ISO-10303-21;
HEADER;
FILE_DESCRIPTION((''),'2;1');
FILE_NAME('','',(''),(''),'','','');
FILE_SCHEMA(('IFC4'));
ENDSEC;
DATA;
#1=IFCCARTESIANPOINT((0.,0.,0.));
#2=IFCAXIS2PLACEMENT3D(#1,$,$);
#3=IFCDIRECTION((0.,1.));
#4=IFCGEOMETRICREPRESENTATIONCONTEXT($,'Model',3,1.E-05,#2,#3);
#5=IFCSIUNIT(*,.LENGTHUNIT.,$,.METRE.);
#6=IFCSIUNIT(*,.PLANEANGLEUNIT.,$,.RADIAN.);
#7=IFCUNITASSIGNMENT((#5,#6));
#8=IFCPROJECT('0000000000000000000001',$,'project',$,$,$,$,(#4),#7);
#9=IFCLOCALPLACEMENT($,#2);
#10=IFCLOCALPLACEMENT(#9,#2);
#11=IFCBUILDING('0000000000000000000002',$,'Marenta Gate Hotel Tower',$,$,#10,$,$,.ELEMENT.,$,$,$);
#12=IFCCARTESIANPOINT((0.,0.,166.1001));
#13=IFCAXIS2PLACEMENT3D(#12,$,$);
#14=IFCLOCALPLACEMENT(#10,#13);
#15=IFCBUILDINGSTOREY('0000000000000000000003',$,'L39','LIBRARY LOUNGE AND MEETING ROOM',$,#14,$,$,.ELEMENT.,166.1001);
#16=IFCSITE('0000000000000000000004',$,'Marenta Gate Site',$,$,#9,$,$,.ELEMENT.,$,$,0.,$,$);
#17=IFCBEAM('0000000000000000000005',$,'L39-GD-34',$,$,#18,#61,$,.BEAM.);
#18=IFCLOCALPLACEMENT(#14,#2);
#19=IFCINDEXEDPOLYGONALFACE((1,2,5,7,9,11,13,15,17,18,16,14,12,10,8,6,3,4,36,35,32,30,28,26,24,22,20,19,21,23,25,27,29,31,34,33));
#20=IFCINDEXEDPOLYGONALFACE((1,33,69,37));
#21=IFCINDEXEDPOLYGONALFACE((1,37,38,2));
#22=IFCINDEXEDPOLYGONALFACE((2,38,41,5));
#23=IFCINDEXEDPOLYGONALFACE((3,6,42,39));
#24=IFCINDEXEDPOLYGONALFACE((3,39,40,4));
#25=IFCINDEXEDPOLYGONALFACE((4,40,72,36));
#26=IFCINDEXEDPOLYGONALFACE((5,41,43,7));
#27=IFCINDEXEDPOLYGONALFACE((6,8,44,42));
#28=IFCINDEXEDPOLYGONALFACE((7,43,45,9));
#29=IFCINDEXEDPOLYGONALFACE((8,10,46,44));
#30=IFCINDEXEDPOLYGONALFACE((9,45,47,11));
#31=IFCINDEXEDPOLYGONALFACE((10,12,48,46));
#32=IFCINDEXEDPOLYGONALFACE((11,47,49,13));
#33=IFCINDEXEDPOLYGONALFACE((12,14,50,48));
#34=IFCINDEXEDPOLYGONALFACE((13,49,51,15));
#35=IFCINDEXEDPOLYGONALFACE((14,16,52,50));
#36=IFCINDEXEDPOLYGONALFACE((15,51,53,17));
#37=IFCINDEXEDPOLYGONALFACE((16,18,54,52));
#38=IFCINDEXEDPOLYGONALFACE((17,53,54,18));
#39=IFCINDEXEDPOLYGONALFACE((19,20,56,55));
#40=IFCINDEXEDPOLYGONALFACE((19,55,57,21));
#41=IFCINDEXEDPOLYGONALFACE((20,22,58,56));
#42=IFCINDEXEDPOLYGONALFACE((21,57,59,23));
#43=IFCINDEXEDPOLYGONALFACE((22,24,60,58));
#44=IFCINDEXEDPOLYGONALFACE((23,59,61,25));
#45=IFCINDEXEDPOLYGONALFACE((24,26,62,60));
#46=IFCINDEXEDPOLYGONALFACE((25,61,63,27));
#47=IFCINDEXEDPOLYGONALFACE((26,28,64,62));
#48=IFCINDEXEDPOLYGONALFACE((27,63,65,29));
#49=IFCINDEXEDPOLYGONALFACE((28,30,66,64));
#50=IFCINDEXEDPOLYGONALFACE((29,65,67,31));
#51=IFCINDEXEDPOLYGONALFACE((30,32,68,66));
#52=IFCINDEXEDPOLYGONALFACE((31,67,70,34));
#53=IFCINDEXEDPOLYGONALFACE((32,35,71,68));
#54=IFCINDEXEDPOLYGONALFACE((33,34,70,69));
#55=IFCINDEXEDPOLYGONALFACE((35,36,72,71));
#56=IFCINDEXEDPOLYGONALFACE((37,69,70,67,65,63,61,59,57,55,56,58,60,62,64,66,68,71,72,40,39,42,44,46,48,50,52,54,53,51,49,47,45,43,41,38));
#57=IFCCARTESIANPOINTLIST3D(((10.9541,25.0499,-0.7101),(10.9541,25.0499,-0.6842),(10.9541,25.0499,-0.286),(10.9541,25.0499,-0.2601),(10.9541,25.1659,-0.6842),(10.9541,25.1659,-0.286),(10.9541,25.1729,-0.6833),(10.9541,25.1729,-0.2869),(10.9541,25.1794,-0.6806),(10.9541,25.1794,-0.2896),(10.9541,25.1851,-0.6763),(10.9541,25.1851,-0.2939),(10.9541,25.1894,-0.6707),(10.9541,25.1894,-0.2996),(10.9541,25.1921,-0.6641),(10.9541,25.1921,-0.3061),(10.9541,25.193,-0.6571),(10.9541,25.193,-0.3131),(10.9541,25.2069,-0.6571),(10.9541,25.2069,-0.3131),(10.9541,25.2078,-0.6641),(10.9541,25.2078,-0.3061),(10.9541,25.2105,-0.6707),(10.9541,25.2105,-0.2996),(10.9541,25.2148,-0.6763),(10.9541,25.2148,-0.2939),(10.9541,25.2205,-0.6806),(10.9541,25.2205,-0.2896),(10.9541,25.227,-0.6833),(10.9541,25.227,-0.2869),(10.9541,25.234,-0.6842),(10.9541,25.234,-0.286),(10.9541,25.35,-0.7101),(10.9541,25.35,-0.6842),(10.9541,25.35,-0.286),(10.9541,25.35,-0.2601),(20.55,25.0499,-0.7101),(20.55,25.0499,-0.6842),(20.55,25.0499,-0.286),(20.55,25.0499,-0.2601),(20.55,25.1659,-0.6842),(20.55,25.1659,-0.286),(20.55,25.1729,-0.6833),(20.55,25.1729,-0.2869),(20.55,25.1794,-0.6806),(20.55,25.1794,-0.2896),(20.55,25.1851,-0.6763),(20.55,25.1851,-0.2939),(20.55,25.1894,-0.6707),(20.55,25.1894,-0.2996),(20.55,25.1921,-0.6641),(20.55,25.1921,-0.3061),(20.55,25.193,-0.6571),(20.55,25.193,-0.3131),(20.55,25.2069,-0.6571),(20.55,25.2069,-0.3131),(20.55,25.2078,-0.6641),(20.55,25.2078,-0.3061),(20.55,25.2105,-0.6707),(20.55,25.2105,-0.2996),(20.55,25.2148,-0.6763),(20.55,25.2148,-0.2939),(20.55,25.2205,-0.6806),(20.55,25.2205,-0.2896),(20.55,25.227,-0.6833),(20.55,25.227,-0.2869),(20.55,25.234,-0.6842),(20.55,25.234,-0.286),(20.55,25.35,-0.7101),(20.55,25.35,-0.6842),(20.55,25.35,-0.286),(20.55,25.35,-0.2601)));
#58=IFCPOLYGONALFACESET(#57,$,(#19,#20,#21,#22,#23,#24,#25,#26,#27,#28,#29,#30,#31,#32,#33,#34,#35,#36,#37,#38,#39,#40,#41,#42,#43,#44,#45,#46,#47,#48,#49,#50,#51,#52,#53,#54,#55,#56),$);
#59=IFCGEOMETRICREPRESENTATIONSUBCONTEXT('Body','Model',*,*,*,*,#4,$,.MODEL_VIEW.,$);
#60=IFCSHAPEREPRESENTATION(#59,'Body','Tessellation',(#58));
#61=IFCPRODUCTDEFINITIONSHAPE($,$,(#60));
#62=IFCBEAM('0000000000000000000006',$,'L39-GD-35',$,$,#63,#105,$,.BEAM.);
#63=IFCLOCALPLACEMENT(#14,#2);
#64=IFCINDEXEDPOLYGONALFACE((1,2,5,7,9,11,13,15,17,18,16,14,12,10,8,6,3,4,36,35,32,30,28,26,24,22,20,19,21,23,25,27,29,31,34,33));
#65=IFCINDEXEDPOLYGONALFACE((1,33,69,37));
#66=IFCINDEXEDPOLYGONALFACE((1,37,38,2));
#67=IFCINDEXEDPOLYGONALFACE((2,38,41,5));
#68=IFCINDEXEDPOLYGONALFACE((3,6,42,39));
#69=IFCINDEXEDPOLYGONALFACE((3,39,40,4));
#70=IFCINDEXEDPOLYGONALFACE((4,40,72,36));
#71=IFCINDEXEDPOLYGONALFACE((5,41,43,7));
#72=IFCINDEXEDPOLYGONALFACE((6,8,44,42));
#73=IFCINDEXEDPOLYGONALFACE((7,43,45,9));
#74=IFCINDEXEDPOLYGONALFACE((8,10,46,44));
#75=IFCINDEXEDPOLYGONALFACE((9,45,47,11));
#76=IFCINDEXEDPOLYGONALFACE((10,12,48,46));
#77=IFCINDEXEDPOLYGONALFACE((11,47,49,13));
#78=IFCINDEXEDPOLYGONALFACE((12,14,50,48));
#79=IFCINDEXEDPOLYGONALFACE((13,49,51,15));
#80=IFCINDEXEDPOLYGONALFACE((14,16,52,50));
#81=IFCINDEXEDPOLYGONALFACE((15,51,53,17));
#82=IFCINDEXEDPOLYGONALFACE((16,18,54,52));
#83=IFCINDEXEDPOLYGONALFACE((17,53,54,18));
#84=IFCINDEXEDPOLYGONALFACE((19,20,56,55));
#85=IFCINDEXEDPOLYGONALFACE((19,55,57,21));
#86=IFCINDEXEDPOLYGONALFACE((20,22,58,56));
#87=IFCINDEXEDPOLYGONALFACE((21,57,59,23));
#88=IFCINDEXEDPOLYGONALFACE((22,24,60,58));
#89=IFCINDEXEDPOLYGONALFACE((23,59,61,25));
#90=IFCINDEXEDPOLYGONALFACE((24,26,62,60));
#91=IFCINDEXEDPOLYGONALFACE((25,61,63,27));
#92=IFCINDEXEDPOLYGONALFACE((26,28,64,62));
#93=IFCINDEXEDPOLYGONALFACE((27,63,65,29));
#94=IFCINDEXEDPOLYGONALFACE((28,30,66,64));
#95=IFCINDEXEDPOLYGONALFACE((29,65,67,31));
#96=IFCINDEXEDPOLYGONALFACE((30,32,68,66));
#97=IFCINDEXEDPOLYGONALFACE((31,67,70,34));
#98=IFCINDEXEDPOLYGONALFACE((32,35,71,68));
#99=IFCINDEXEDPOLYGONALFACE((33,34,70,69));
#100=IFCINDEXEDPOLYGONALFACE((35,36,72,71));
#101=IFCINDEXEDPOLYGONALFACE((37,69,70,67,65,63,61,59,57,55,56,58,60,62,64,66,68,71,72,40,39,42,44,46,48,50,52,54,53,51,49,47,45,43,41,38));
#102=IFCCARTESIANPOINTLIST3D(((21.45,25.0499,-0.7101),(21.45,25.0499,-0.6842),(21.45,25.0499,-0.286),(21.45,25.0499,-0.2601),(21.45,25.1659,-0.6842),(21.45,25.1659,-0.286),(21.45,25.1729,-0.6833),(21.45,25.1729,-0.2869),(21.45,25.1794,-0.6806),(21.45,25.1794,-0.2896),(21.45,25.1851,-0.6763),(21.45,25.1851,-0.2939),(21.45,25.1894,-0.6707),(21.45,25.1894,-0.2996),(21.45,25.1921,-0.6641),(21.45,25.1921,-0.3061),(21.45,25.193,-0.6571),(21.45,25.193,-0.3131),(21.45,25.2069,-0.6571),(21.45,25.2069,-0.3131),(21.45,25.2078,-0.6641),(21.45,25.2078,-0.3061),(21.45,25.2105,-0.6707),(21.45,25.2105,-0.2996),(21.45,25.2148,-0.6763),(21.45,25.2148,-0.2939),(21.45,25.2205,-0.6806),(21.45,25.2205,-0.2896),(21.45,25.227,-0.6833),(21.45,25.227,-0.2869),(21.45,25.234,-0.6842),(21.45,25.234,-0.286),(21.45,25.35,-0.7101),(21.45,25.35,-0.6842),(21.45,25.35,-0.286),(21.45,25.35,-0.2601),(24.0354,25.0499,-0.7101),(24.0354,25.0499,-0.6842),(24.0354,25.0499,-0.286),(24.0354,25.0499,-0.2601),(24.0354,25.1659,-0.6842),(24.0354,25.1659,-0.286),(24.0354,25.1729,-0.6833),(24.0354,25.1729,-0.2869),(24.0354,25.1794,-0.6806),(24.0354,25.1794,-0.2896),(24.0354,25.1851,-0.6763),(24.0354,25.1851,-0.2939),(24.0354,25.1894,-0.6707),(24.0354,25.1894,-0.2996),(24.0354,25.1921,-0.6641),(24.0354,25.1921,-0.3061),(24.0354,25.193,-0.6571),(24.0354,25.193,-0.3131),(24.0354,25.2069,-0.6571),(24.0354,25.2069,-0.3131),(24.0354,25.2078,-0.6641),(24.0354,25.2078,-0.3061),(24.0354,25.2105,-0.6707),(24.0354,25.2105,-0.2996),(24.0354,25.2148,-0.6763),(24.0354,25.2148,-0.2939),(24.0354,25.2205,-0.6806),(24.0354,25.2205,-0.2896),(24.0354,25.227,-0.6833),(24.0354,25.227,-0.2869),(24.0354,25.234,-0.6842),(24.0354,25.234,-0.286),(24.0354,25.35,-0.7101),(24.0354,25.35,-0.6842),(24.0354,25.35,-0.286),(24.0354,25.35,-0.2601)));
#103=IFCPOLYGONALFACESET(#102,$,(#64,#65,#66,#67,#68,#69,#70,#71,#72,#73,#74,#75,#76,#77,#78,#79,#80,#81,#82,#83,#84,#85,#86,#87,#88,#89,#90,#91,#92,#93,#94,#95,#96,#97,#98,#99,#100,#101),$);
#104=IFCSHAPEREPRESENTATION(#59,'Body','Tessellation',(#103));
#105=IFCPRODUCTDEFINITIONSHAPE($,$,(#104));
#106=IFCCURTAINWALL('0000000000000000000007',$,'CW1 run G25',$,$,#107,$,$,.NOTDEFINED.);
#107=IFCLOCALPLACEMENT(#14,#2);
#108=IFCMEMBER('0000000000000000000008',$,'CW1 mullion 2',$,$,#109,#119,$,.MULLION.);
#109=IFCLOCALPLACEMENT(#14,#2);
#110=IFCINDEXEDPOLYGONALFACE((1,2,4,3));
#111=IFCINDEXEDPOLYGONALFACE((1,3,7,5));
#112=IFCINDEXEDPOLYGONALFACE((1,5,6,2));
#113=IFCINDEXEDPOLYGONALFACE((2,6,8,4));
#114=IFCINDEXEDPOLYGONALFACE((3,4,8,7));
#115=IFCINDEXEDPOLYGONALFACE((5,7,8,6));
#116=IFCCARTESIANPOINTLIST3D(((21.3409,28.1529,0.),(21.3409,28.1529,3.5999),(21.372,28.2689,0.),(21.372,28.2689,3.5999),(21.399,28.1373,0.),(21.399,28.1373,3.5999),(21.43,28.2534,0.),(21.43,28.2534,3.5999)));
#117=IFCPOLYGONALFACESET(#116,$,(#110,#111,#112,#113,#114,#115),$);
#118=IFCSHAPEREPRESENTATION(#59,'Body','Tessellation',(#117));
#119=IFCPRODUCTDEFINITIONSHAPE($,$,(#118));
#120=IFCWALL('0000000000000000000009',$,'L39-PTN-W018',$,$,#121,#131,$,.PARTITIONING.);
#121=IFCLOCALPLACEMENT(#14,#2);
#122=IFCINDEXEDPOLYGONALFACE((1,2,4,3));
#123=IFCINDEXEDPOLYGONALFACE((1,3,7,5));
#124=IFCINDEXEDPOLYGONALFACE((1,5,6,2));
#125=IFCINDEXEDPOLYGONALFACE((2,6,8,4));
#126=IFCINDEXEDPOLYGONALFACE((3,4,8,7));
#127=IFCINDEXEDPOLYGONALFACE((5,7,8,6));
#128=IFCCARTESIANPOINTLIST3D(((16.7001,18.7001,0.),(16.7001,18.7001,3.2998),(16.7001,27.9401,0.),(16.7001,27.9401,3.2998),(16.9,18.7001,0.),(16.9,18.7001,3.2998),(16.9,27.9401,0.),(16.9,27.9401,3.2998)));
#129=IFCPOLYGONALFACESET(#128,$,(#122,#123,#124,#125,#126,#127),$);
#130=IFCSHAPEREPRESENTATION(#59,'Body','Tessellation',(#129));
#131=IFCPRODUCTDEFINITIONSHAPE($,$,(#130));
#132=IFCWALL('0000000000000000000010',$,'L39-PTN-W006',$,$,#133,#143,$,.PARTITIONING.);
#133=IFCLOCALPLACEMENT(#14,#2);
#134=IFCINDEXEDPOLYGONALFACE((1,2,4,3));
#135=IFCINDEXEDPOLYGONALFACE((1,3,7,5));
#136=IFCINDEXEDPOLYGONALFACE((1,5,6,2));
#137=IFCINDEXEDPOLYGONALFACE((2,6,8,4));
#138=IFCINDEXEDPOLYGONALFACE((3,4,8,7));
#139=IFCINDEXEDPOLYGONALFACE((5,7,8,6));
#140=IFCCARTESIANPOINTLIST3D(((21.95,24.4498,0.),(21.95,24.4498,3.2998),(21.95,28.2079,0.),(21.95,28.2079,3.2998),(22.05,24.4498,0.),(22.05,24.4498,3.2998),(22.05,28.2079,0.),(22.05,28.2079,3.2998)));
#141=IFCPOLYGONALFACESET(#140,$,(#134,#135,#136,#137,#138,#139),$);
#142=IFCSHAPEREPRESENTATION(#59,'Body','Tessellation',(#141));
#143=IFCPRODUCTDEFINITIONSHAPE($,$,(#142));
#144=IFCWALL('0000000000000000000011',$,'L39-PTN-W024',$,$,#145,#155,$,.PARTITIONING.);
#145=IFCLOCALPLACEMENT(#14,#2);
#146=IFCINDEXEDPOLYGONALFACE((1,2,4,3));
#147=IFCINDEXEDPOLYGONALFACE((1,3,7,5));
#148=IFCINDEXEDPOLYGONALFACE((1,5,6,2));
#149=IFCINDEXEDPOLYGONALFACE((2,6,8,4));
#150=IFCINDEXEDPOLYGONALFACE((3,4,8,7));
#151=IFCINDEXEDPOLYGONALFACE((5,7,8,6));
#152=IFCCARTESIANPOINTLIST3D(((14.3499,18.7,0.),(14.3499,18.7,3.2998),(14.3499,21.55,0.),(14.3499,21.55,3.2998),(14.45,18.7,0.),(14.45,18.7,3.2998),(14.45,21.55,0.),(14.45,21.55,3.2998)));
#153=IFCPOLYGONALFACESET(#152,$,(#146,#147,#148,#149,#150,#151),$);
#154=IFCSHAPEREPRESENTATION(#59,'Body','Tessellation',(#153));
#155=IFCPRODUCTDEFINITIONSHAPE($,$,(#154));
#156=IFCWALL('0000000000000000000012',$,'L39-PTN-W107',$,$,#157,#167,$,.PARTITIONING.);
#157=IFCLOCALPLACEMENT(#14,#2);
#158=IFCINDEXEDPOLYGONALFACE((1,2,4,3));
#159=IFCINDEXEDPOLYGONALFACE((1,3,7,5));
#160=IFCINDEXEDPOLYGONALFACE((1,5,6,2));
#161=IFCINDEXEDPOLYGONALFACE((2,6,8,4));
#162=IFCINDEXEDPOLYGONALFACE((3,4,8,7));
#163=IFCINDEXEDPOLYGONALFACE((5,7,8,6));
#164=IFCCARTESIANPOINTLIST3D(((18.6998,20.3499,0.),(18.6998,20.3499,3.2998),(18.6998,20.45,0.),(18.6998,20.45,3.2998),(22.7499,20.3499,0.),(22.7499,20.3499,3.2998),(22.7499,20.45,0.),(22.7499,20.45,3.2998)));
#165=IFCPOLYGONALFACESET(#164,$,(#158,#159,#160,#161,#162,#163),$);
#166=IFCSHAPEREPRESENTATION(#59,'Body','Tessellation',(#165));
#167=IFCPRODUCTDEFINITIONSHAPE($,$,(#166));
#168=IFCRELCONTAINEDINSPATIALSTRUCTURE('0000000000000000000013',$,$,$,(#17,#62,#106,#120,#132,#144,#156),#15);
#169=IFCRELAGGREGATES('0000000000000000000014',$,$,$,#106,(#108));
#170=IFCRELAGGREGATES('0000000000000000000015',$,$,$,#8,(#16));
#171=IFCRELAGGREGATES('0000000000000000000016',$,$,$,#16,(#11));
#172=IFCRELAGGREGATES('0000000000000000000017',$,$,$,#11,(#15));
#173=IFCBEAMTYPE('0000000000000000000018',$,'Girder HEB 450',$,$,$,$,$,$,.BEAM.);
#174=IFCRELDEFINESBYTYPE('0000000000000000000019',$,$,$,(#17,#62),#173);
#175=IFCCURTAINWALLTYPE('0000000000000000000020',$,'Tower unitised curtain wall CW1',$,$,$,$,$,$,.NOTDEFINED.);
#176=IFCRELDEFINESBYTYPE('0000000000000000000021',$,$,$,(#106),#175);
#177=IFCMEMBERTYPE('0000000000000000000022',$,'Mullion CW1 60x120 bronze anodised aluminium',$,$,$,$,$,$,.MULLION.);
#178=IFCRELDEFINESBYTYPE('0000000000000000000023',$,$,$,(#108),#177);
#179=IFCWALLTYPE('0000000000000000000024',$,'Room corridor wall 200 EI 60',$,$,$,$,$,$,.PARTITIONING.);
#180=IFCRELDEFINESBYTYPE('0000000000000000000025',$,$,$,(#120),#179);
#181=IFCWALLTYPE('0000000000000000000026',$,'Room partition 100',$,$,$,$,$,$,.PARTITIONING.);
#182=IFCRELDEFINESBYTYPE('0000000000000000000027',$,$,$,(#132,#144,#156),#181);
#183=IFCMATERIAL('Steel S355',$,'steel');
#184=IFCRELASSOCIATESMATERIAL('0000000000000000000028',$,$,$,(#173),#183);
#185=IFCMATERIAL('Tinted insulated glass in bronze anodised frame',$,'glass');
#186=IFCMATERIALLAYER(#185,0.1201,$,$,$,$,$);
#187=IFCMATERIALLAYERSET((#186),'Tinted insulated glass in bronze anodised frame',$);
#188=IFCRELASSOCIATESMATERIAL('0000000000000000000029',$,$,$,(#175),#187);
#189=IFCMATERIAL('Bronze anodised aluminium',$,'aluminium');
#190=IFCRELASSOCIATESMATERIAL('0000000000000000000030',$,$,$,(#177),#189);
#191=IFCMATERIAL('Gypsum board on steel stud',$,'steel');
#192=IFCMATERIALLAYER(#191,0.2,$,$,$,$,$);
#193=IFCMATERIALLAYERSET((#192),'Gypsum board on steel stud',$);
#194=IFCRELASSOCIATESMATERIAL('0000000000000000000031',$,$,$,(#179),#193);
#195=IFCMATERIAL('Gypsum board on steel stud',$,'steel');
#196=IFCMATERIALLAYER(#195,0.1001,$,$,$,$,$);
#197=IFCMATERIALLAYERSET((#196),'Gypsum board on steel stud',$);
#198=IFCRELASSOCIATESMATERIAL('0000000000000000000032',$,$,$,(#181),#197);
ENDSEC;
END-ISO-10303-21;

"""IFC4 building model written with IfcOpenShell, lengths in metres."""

from ifc_helpers import new_model, si_unit, direction, frame, frame_2d, origin, origin_2d, place, context, subcontext, project, spatial, rectangle, i_section, extrude, material, layer, layer_set, material_profile, profile_set, type_object, element, aggregate, save


model = new_model("IFC4")

# Units and contexts
model_context = context("Model", 3, precision=1e-05, world=origin(), true_north=direction((0.0, 1.0)))
body_context = subcontext(model_context, "Body", "Model", "MODEL_VIEW")
ifc_project = project(units=[si_unit("LENGTHUNIT", "METRE"), si_unit("PLANEANGLEUNIT", "RADIAN")], contexts=[model_context])

# Site, building, storey
site_placement = place(None, origin())
site = spatial("IfcSite", under=ifc_project, at=site_placement, Name="Marenta Gate Site", CompositionType="ELEMENT", RefElevation=0.0)
building_placement = place(site_placement, origin())
building = spatial("IfcBuilding", under=site, at=building_placement, Name="Marenta Gate Hotel Tower", CompositionType="ELEMENT")
storey_placement = place(building_placement, frame((0.0, 0.0, 166.1001)))
storey = spatial("IfcBuildingStorey", under=building, at=storey_placement, Name="L39", Description="LIBRARY LOUNGE AND MEETING ROOM", CompositionType="ELEMENT", Elevation=166.1001)

# Beams
ifc_material_1 = material(Name="Steel S355", Category="steel")
ifc_material_profile_1 = material_profile(ifc_material_1, i_section(OverallWidth=0.3, OverallDepth=0.45, WebThickness=0.0139, FlangeThickness=0.0259, FilletRadius=0.0271, at=origin_2d()), Name="HEB 450")
ifc_profile_set_1 = profile_set([ifc_material_profile_1], Name="Steel S355")
beam_type_1 = type_object("IfcBeamType", Name="Girder HEB 450", PredefinedType="BEAM", material=ifc_profile_set_1)
beam_1_placement = place(storey_placement, frame((10.9541, 25.2, -0.4851), z_axis=(1.0, 0.0, 0.0), x_axis=(0.0, 1.0, 0.0)))
element("IfcBeam", 1, at=beam_1_placement, inside=storey, type_object=beam_type_1, Name="L39-GD-34", PredefinedType="BEAM", context=body_context, shape_type="SweptSolid", body=[
    extrude(i_section(OverallWidth=0.3, OverallDepth=0.45, WebThickness=0.0139, FlangeThickness=0.0259, FilletRadius=0.0271, at=origin_2d()), origin(), (0.0, 0.0, 1.0), 9.5959),
])
beam_2_placement = place(storey_placement, frame((21.45, 25.2, -0.4851), z_axis=(1.0, 0.0, 0.0), x_axis=(0.0, 1.0, 0.0)))
element("IfcBeam", 2, at=beam_2_placement, inside=storey, type_object=beam_type_1, Name="L39-GD-35", PredefinedType="BEAM", context=body_context, shape_type="SweptSolid", body=[
    extrude(i_section(OverallWidth=0.3, OverallDepth=0.45, WebThickness=0.0139, FlangeThickness=0.0259, FilletRadius=0.0271, at=origin_2d()), origin(), (0.0, 0.0, 1.0), 2.5854),
])

# Curtain wall, member
ifc_material_2 = material(Name="Tinted insulated glass in bronze anodised frame", Category="glass")
ifc_layer_1 = layer(ifc_material_2, 0.1201)
ifc_layer_set_1 = layer_set([ifc_layer_1], Name="Tinted insulated glass in bronze anodised frame")
curtain_wall_type = type_object("IfcCurtainWallType", Name="Tower unitised curtain wall CW1", PredefinedType="NOTDEFINED", material=ifc_layer_set_1)
curtain_wall_placement = place(storey_placement, origin())
curtain_wall = element("IfcCurtainWall", 3, at=curtain_wall_placement, inside=storey, type_object=curtain_wall_type, Name="CW1 run G25", PredefinedType="NOTDEFINED")
ifc_material_3 = material(Name="Bronze anodised aluminium", Category="aluminium")
ifc_material_profile_2 = material_profile(ifc_material_3, rectangle(XDim=0.1201, YDim=0.0601, at=origin_2d()), Name="Mullion CW1 60x120 bronze anodised aluminium")
ifc_profile_set_2 = profile_set([ifc_material_profile_2], Name="Bronze anodised aluminium")
member_type = type_object("IfcMemberType", Name="Mullion CW1 60x120 bronze anodised aluminium", PredefinedType="MULLION", material=ifc_profile_set_2)
member_placement = place(storey_placement, frame((21.3855, 28.2031, 0.0), z_axis=(0.0, 0.0, 1.0), x_axis=(-0.258806, -0.965929, 0.0)))
member = element("IfcMember", 4, at=member_placement, type_object=member_type, Name="CW1 mullion 2", PredefinedType="MULLION", context=body_context, shape_type="SweptSolid", body=[
    extrude(rectangle(XDim=0.1201, YDim=0.0601, at=origin_2d()), origin(), (0.0, 0.0, 1.0), 3.5999),
])
aggregate(curtain_wall, [member])

# Walls
ifc_material_4 = material(Name="Gypsum board on steel stud", Category="steel")
ifc_layer_2 = layer(ifc_material_4, 0.2)
ifc_layer_set_2 = layer_set([ifc_layer_2], Name="Gypsum board on steel stud")
wall_type_1 = type_object("IfcWallType", Name="Room corridor wall 200 EI 60", PredefinedType="PARTITIONING", material=ifc_layer_set_2)
wall_1_placement = place(storey_placement, frame((16.8, 18.7, 0.0), z_axis=(0.0, 0.0, 1.0), x_axis=(0.0, 1.0, 0.0)))
element("IfcWall", 5, at=wall_1_placement, inside=storey, type_object=wall_type_1, Name="L39-PTN-W018", PredefinedType="PARTITIONING", context=body_context, shape_type="SweptSolid", body=[
    extrude(rectangle(XDim=9.24, YDim=0.2, at=frame_2d((4.6201, 0.0))), origin(), (0.0, 0.0, 1.0), 3.2998),
])
ifc_material_5 = material(Name="Gypsum board on steel stud", Category="steel")
ifc_layer_3 = layer(ifc_material_5, 0.1001)
ifc_layer_set_3 = layer_set([ifc_layer_3], Name="Gypsum board on steel stud")
wall_type_2 = type_object("IfcWallType", Name="Room partition 100", PredefinedType="PARTITIONING", material=ifc_layer_set_3)
wall_2_placement = place(storey_placement, frame((22.0, 24.45, 0.0), z_axis=(0.0, 0.0, 1.0), x_axis=(0.0, 1.0, 0.0)))
element("IfcWall", 6, at=wall_2_placement, inside=storey, type_object=wall_type_2, Name="L39-PTN-W006", PredefinedType="PARTITIONING", context=body_context, shape_type="SweptSolid", body=[
    extrude(rectangle(XDim=3.7581, YDim=0.1001, at=frame_2d((1.8789, 0.0))), origin(), (0.0, 0.0, 1.0), 3.2998),
])
wall_3_placement = place(storey_placement, frame((14.3999, 18.7, 0.0), z_axis=(0.0, 0.0, 1.0), x_axis=(0.0, 1.0, 0.0)))
element("IfcWall", 7, at=wall_3_placement, inside=storey, type_object=wall_type_2, Name="L39-PTN-W024", PredefinedType="PARTITIONING", context=body_context, shape_type="SweptSolid", body=[
    extrude(rectangle(XDim=2.8501, YDim=0.1001, at=frame_2d((1.425, 0.0))), origin(), (0.0, 0.0, 1.0), 3.2998),
])
wall_4_placement = place(storey_placement, frame((18.7, 20.3999, 0.0), z_axis=(0.0, 0.0, 1.0), x_axis=(1.0, 0.0, 0.0)))
element("IfcWall", 8, at=wall_4_placement, inside=storey, type_object=wall_type_2, Name="L39-PTN-W107", PredefinedType="PARTITIONING", context=body_context, shape_type="SweptSolid", body=[
    extrude(rectangle(XDim=4.05, YDim=0.1001, at=frame_2d((2.0249, 0.0))), origin(), (0.0, 0.0, 1.0), 3.2998),
])

save(model, "model.ifc")
